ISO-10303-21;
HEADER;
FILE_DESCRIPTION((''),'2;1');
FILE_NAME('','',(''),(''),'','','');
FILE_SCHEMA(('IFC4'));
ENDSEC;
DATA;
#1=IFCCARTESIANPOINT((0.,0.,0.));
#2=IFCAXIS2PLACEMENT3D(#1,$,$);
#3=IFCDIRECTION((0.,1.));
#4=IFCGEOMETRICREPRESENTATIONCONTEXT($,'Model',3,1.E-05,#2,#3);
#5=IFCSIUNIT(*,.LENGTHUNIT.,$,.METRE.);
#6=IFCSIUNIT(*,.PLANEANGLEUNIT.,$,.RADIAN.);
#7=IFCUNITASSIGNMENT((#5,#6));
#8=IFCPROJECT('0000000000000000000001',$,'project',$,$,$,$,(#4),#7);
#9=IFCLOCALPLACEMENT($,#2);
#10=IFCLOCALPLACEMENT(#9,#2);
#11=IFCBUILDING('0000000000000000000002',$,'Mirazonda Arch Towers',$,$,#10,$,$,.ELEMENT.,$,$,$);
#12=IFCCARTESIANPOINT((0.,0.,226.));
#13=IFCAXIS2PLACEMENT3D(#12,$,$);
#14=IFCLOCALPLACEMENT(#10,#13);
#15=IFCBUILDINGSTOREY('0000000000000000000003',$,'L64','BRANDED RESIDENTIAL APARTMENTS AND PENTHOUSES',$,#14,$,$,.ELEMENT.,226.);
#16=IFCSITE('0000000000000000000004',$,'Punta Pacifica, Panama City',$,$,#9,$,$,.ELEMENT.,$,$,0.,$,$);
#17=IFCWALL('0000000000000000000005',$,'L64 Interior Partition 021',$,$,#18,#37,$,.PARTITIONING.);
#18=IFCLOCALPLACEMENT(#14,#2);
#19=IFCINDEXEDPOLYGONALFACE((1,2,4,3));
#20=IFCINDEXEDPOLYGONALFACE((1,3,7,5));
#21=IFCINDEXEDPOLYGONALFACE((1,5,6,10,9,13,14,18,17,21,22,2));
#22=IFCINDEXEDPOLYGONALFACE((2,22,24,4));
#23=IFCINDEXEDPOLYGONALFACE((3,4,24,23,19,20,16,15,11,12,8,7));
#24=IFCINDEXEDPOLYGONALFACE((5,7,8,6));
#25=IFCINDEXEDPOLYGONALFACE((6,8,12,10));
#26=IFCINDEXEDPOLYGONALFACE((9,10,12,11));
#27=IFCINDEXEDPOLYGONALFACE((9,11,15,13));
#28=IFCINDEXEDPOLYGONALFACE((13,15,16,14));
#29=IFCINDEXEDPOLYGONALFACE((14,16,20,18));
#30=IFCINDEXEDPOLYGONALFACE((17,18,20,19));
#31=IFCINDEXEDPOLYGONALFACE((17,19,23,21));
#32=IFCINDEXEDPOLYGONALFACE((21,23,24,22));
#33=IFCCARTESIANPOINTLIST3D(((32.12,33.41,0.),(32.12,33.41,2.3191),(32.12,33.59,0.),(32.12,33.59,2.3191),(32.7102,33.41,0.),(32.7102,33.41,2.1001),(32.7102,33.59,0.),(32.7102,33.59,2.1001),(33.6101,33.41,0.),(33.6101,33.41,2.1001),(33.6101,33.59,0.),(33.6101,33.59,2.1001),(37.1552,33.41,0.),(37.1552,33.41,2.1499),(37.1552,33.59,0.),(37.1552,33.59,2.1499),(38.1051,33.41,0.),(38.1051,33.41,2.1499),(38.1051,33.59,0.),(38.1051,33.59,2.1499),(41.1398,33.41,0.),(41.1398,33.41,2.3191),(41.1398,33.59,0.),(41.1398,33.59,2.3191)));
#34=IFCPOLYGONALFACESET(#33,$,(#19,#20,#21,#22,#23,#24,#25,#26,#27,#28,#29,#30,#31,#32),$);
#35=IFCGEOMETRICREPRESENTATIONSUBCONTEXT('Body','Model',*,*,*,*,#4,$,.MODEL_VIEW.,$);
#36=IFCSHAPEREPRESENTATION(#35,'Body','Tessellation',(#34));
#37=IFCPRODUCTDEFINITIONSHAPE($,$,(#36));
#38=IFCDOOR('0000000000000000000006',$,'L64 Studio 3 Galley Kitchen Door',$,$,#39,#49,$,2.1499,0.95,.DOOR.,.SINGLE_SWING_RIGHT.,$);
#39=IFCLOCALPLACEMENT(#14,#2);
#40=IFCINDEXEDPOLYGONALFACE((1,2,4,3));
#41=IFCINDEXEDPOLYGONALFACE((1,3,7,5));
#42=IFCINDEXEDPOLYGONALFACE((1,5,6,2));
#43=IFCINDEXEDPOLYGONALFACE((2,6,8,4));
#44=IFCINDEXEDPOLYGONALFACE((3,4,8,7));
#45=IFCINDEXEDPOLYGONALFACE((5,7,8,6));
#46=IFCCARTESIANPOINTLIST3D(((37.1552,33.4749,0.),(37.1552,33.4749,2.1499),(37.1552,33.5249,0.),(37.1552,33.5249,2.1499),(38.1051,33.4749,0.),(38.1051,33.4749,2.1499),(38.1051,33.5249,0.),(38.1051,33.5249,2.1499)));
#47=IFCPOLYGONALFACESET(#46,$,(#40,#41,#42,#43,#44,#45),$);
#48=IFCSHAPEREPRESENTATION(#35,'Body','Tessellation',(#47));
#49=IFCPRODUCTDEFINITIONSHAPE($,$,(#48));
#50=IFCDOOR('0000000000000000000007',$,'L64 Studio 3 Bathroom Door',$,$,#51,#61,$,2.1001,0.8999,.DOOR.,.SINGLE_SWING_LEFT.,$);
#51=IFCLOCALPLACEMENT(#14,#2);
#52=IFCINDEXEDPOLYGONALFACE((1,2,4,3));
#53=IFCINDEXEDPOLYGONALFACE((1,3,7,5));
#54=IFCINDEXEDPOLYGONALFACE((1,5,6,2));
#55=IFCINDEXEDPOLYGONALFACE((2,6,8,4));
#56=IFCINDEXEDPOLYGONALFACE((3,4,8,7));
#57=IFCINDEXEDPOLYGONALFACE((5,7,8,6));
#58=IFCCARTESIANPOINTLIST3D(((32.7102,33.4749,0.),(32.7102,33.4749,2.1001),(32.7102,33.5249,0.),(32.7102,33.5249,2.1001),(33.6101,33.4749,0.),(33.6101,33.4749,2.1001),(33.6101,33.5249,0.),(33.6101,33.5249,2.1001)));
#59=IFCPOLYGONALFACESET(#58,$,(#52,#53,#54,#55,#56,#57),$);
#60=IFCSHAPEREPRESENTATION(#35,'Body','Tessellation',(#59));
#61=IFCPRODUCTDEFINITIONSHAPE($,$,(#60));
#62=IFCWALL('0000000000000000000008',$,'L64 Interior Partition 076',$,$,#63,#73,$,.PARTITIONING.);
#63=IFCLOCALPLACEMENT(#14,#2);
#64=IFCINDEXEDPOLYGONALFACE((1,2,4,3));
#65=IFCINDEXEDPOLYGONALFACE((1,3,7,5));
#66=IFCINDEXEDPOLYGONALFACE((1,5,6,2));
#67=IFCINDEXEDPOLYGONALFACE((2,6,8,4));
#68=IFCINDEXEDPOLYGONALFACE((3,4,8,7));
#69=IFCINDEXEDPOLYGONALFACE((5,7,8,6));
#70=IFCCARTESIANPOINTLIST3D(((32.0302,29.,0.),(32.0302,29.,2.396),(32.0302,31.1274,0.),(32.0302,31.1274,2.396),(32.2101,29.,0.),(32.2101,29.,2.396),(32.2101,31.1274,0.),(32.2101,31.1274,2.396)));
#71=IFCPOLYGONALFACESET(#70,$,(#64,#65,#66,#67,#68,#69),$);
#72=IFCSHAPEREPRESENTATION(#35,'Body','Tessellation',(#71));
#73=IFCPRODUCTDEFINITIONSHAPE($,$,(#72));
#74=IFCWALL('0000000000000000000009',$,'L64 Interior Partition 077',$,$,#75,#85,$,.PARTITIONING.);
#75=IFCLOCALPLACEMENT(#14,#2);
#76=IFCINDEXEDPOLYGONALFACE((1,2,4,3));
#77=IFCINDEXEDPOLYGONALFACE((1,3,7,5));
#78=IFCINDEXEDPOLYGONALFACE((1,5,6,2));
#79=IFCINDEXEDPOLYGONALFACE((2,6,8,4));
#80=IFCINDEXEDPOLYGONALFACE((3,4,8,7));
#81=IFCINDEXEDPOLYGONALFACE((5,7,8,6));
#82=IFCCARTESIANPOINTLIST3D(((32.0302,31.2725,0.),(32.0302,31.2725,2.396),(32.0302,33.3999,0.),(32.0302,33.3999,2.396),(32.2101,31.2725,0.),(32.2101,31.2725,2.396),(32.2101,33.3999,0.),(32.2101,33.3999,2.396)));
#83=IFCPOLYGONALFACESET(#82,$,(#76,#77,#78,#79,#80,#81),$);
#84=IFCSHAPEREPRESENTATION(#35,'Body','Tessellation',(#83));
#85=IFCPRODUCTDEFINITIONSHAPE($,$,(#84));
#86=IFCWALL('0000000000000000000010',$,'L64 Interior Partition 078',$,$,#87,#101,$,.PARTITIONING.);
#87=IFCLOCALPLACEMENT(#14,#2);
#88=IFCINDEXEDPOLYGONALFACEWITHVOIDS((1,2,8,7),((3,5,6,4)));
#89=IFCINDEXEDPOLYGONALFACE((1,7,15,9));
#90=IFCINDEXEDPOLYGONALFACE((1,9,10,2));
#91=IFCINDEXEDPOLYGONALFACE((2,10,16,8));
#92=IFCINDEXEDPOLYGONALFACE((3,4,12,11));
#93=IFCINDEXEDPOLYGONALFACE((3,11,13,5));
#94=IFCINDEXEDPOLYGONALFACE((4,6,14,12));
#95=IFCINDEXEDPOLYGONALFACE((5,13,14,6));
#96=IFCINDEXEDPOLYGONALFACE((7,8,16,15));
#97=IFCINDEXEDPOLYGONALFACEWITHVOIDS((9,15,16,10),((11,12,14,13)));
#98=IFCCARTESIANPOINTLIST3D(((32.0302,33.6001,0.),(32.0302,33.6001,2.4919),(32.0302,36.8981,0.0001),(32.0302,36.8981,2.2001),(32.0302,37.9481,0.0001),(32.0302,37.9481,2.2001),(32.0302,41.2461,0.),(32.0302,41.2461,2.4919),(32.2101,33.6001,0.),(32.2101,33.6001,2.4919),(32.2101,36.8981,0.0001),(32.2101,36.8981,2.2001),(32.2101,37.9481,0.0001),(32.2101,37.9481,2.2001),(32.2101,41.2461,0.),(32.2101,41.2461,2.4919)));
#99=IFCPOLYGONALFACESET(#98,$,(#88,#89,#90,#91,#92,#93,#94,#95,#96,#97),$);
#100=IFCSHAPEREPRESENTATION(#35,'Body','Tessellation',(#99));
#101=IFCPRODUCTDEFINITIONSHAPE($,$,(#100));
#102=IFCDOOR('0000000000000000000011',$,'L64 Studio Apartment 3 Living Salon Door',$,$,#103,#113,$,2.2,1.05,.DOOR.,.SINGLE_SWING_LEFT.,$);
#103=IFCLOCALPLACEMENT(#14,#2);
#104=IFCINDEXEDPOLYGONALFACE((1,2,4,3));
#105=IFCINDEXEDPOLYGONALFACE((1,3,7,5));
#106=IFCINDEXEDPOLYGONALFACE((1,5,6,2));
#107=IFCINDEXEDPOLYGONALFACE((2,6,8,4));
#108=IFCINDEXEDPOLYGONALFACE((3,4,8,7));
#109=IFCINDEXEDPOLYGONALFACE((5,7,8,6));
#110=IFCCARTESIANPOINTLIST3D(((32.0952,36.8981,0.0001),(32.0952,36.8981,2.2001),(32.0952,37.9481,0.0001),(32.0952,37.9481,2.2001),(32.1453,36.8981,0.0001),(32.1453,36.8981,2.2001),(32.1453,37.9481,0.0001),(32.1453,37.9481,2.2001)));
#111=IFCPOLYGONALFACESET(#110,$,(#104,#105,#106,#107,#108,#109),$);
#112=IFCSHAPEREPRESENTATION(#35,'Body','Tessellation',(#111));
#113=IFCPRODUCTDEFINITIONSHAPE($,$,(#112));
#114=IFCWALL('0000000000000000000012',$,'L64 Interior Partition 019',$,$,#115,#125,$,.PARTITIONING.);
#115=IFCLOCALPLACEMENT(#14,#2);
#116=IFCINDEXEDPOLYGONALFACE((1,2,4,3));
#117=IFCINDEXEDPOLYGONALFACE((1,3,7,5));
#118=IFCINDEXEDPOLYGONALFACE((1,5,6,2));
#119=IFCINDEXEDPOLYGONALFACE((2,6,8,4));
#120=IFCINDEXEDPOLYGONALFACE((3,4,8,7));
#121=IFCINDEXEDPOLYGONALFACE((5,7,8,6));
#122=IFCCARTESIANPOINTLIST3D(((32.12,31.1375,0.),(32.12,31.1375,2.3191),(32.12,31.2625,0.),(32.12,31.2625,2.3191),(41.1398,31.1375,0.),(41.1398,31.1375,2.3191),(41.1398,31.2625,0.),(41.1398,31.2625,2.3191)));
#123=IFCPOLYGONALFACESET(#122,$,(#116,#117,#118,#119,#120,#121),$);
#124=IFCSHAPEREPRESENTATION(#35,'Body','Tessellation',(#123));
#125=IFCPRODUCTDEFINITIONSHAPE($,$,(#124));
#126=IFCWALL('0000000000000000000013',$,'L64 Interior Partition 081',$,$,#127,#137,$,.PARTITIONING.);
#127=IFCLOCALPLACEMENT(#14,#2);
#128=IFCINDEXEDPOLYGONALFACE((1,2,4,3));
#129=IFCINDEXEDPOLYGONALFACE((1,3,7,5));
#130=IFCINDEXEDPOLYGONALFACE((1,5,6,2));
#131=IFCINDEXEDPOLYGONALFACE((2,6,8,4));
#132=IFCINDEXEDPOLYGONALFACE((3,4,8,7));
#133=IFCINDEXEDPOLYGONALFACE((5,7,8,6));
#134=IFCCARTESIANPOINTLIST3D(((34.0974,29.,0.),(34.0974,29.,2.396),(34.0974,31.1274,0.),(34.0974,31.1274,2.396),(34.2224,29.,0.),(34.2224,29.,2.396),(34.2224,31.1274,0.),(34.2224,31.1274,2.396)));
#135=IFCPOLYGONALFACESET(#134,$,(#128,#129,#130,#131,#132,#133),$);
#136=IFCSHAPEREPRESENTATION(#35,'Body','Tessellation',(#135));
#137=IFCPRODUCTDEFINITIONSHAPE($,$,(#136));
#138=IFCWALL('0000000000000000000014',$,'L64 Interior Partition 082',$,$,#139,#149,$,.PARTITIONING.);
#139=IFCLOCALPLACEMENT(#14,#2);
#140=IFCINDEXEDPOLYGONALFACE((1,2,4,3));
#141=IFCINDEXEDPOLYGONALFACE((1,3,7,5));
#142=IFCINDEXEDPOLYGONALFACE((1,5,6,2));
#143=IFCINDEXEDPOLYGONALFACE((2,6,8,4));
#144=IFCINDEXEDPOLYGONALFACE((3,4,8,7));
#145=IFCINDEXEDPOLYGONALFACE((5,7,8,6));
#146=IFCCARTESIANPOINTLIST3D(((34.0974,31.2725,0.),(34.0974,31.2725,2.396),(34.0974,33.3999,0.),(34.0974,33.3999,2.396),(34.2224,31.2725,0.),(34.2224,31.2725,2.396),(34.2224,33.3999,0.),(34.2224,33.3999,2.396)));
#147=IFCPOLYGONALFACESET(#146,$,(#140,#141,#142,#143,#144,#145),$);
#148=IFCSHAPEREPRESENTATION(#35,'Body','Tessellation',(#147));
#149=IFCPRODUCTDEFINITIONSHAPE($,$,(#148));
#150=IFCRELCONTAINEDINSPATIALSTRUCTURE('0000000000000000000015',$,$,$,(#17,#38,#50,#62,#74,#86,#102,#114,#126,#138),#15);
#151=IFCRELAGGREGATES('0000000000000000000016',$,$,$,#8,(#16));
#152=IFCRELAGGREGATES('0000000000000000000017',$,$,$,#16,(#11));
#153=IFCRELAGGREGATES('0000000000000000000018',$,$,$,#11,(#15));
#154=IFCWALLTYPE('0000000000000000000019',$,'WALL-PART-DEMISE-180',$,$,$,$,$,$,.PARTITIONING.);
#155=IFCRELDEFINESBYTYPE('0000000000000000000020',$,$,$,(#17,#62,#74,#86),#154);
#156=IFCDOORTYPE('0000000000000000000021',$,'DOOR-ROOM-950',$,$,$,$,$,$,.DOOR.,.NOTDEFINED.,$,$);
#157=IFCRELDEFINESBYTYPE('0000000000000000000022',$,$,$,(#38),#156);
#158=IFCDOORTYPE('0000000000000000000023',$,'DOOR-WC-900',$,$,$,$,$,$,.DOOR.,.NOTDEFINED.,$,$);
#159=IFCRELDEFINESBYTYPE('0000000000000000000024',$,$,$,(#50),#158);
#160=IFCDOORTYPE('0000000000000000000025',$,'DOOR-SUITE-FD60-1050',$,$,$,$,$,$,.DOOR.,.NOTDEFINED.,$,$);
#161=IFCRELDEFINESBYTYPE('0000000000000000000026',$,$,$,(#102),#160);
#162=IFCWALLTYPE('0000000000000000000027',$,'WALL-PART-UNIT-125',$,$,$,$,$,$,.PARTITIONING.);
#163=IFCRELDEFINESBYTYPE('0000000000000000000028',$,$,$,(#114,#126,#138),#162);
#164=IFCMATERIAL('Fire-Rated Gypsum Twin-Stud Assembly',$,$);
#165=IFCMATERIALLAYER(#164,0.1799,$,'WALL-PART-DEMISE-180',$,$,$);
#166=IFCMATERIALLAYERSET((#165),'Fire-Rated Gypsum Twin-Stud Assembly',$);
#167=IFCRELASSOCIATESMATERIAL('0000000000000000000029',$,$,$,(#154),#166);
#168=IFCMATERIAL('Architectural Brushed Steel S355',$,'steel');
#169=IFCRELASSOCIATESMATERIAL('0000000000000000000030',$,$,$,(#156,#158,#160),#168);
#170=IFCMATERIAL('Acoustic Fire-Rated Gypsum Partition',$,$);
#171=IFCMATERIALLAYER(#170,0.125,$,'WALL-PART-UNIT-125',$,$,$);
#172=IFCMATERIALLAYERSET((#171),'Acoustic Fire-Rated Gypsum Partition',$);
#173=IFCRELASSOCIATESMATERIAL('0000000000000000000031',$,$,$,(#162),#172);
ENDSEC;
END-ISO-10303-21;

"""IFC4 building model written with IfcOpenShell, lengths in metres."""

from ifc_helpers import new_model, si_unit, direction, frame, frame_2d, origin, place, context, subcontext, project, spatial, rectangle, extrude, material, layer, layer_set, type_object, element, fill, save


model = new_model("IFC4")

# Units and contexts
model_context = context("Model", 3, precision=1e-05, world=origin(), true_north=direction((0.0, 1.0)))
body_context = subcontext(model_context, "Body", "Model", "MODEL_VIEW")
ifc_project = project(units=[si_unit("LENGTHUNIT", "METRE"), si_unit("PLANEANGLEUNIT", "RADIAN")], contexts=[model_context])

# Site, building, storey
site_placement = place(None, origin())
site = spatial("IfcSite", under=ifc_project, at=site_placement, Name="Punta Pacifica, Panama City", CompositionType="ELEMENT", RefElevation=0.0)
building_placement = place(site_placement, origin())
building = spatial("IfcBuilding", under=site, at=building_placement, Name="Mirazonda Arch Towers", CompositionType="ELEMENT")
storey_placement = place(building_placement, frame((0.0, 0.0, 226.0)))
storey = spatial("IfcBuildingStorey", under=building, at=storey_placement, Name="L64", Description="BRANDED RESIDENTIAL APARTMENTS AND PENTHOUSES", CompositionType="ELEMENT", Elevation=226.0)

# Wall, openings, doors
ifc_material_1 = material(Name="Fire-Rated Gypsum Twin-Stud Assembly")
ifc_layer_1 = layer(ifc_material_1, 0.1799, Name="WALL-PART-DEMISE-180")
ifc_layer_set_1 = layer_set([ifc_layer_1], Name="Fire-Rated Gypsum Twin-Stud Assembly")
wall_type_1 = type_object("IfcWallType", Name="WALL-PART-DEMISE-180", PredefinedType="PARTITIONING", material=ifc_layer_set_1)
ifc_material_2 = material(Name="Architectural Brushed Steel S355", Category="steel")
door_type_1 = type_object("IfcDoorType", Name="DOOR-ROOM-950", OperationType="NOTDEFINED", PredefinedType="DOOR", material=ifc_material_2)
door_type_2 = type_object("IfcDoorType", Name="DOOR-WC-900", OperationType="NOTDEFINED", PredefinedType="DOOR", material=ifc_material_2)
wall_1_placement = place(storey_placement, frame((32.1201, 33.5, 0.0), z_axis=(0.0, 0.0, 1.0), x_axis=(1.0, 0.0, 0.0)))
wall_1 = element("IfcWall", 1, at=wall_1_placement, inside=storey, type_object=wall_type_1, Name="L64 Interior Partition 021", PredefinedType="PARTITIONING", context=body_context, shape_type="SweptSolid", body=[
    extrude(rectangle(XDim=9.0198, YDim=0.1799, at=frame_2d((4.5098, 0.0))), origin(), (0.0, 0.0, 1.0), 2.3191),
])
opening_1_placement = place(wall_1_placement, frame((5.0349, 0.0, 0.0)))
opening_1 = element("IfcOpeningElement", 2, at=opening_1_placement, cuts=wall_1, PredefinedType="OPENING", context=body_context, shape_type="SweptSolid", body=[
    extrude(rectangle(XDim=0.95, YDim=2.1499, at=frame_2d((0.4751, 1.075))), frame((0.0, 0.0999, 0.0), z_axis=(0.0, -1.0, 0.0), x_axis=(1.0, 0.0, 0.0)), (0.0, 0.0, 1.0), 0.2),
])
opening_2_placement = place(wall_1_placement, frame((0.5901, 0.0, 0.0)))
opening_2 = element("IfcOpeningElement", 3, at=opening_2_placement, cuts=wall_1, PredefinedType="OPENING", context=body_context, shape_type="SweptSolid", body=[
    extrude(rectangle(XDim=0.8999, YDim=2.1001, at=frame_2d((0.45, 1.05))), frame((0.0, 0.0999, 0.0), z_axis=(0.0, -1.0, 0.0), x_axis=(1.0, 0.0, 0.0)), (0.0, 0.0, 1.0), 0.2),
])
door_1_placement = place(opening_1_placement, origin())
door_1 = element("IfcDoor", 4, at=door_1_placement, inside=storey, type_object=door_type_1, Name="L64 Studio 3 Galley Kitchen Door", OperationType="SINGLE_SWING_RIGHT", OverallHeight=2.1499, OverallWidth=0.95, PredefinedType="DOOR", context=body_context, shape_type="SweptSolid", body=[
    extrude(rectangle(XDim=0.95, YDim=2.1499, at=frame_2d((0.4751, 1.075))), frame((0.0, 0.0249, 0.0), z_axis=(0.0, -1.0, 0.0), x_axis=(1.0, 0.0, 0.0)), (0.0, 0.0, 1.0), 0.05),
])
fill(opening_1, door_1)
door_2_placement = place(opening_2_placement, origin())
door_2 = element("IfcDoor", 5, at=door_2_placement, inside=storey, type_object=door_type_2, Name="L64 Studio 3 Bathroom Door", OperationType="SINGLE_SWING_LEFT", OverallHeight=2.1001, OverallWidth=0.8999, PredefinedType="DOOR", context=body_context, shape_type="SweptSolid", body=[
    extrude(rectangle(XDim=0.8999, YDim=2.1001, at=frame_2d((0.45, 1.05))), frame((0.0, 0.0249, 0.0), z_axis=(0.0, -1.0, 0.0), x_axis=(1.0, 0.0, 0.0)), (0.0, 0.0, 1.0), 0.05),
])
fill(opening_2, door_2)

# Walls
for number, where, z_axis, x_axis, name in (
    (6, (32.1201, 29.0, 0.0), (0.0, 0.0, 1.0), (0.0, 1.0, 0.0), "L64 Interior Partition 076"),
    (7, (32.1201, 31.2725, 0.0), (0.0, 0.0, 1.0), (0.0, 1.0, 0.0), "L64 Interior Partition 077"),
):
    element("IfcWall", number, at=place(storey_placement, frame(where, z_axis=z_axis, x_axis=x_axis)), inside=storey, type_object=wall_type_1, Name=name, PredefinedType="PARTITIONING", context=body_context, shape_type="SweptSolid", body=[
        extrude(rectangle(XDim=2.1274, YDim=0.1799, at=frame_2d((1.0637, 0.0))), origin(), (0.0, 0.0, 1.0), 2.396),
    ])

# Wall, opening, door
wall_2_placement = place(storey_placement, frame((32.1201, 33.6001, 0.0), z_axis=(0.0, 0.0, 1.0), x_axis=(0.0, 1.0, 0.0)))
wall_2 = element("IfcWall", 8, at=wall_2_placement, inside=storey, type_object=wall_type_1, Name="L64 Interior Partition 078", PredefinedType="PARTITIONING", context=body_context, shape_type="SweptSolid", body=[
    extrude(rectangle(XDim=7.646, YDim=0.1799, at=frame_2d((3.823, 0.0))), origin(), (0.0, 0.0, 1.0), 2.4919),
])
opening_3_placement = place(wall_2_placement, frame((3.2981, 0.0, 0.0)))
opening_3 = element("IfcOpeningElement", 9, at=opening_3_placement, cuts=wall_2, PredefinedType="OPENING", context=body_context, shape_type="SweptSolid", body=[
    extrude(rectangle(XDim=1.05, YDim=2.2, at=frame_2d((0.5249, 1.1001))), frame((0.0, 0.0999, 0.0), z_axis=(0.0, -1.0, 0.0), x_axis=(1.0, 0.0, 0.0)), (0.0, 0.0, 1.0), 0.2),
])
door_type_3 = type_object("IfcDoorType", Name="DOOR-SUITE-FD60-1050", OperationType="NOTDEFINED", PredefinedType="DOOR", material=ifc_material_2)
door_3_placement = place(opening_3_placement, origin())
door_3 = element("IfcDoor", 10, at=door_3_placement, inside=storey, type_object=door_type_3, Name="L64 Studio Apartment 3 Living Salon Door", OperationType="SINGLE_SWING_LEFT", OverallHeight=2.2, OverallWidth=1.05, PredefinedType="DOOR", context=body_context, shape_type="SweptSolid", body=[
    extrude(rectangle(XDim=1.05, YDim=2.2, at=frame_2d((0.5249, 1.1001))), frame((0.0, 0.0249, 0.0), z_axis=(0.0, -1.0, 0.0), x_axis=(1.0, 0.0, 0.0)), (0.0, 0.0, 1.0), 0.05),
])
fill(opening_3, door_3)

# Walls
ifc_material_3 = material(Name="Acoustic Fire-Rated Gypsum Partition")
ifc_layer_2 = layer(ifc_material_3, 0.125, Name="WALL-PART-UNIT-125")
ifc_layer_set_2 = layer_set([ifc_layer_2], Name="Acoustic Fire-Rated Gypsum Partition")
wall_type_2 = type_object("IfcWallType", Name="WALL-PART-UNIT-125", PredefinedType="PARTITIONING", material=ifc_layer_set_2)
wall_3_placement = place(storey_placement, frame((32.1201, 31.2, 0.0), z_axis=(0.0, 0.0, 1.0), x_axis=(1.0, 0.0, 0.0)))
element("IfcWall", 11, at=wall_3_placement, inside=storey, type_object=wall_type_2, Name="L64 Interior Partition 019", PredefinedType="PARTITIONING", context=body_context, shape_type="SweptSolid", body=[
    extrude(rectangle(XDim=9.0198, YDim=0.125, at=frame_2d((4.5098, 0.0))), origin(), (0.0, 0.0, 1.0), 2.3191),
])
for number, where, z_axis, x_axis, name in (
    (12, (34.1599, 29.0, 0.0), (0.0, 0.0, 1.0), (0.0, 1.0, 0.0), "L64 Interior Partition 081"),
    (13, (34.1599, 31.2725, 0.0), (0.0, 0.0, 1.0), (0.0, 1.0, 0.0), "L64 Interior Partition 082"),
):
    element("IfcWall", number, at=place(storey_placement, frame(where, z_axis=z_axis, x_axis=x_axis)), inside=storey, type_object=wall_type_2, Name=name, PredefinedType="PARTITIONING", context=body_context, shape_type="SweptSolid", body=[
        extrude(rectangle(XDim=2.1274, YDim=0.125, at=frame_2d((1.0637, 0.0))), origin(), (0.0, 0.0, 1.0), 2.396),
    ])

save(model, "model.ifc")
